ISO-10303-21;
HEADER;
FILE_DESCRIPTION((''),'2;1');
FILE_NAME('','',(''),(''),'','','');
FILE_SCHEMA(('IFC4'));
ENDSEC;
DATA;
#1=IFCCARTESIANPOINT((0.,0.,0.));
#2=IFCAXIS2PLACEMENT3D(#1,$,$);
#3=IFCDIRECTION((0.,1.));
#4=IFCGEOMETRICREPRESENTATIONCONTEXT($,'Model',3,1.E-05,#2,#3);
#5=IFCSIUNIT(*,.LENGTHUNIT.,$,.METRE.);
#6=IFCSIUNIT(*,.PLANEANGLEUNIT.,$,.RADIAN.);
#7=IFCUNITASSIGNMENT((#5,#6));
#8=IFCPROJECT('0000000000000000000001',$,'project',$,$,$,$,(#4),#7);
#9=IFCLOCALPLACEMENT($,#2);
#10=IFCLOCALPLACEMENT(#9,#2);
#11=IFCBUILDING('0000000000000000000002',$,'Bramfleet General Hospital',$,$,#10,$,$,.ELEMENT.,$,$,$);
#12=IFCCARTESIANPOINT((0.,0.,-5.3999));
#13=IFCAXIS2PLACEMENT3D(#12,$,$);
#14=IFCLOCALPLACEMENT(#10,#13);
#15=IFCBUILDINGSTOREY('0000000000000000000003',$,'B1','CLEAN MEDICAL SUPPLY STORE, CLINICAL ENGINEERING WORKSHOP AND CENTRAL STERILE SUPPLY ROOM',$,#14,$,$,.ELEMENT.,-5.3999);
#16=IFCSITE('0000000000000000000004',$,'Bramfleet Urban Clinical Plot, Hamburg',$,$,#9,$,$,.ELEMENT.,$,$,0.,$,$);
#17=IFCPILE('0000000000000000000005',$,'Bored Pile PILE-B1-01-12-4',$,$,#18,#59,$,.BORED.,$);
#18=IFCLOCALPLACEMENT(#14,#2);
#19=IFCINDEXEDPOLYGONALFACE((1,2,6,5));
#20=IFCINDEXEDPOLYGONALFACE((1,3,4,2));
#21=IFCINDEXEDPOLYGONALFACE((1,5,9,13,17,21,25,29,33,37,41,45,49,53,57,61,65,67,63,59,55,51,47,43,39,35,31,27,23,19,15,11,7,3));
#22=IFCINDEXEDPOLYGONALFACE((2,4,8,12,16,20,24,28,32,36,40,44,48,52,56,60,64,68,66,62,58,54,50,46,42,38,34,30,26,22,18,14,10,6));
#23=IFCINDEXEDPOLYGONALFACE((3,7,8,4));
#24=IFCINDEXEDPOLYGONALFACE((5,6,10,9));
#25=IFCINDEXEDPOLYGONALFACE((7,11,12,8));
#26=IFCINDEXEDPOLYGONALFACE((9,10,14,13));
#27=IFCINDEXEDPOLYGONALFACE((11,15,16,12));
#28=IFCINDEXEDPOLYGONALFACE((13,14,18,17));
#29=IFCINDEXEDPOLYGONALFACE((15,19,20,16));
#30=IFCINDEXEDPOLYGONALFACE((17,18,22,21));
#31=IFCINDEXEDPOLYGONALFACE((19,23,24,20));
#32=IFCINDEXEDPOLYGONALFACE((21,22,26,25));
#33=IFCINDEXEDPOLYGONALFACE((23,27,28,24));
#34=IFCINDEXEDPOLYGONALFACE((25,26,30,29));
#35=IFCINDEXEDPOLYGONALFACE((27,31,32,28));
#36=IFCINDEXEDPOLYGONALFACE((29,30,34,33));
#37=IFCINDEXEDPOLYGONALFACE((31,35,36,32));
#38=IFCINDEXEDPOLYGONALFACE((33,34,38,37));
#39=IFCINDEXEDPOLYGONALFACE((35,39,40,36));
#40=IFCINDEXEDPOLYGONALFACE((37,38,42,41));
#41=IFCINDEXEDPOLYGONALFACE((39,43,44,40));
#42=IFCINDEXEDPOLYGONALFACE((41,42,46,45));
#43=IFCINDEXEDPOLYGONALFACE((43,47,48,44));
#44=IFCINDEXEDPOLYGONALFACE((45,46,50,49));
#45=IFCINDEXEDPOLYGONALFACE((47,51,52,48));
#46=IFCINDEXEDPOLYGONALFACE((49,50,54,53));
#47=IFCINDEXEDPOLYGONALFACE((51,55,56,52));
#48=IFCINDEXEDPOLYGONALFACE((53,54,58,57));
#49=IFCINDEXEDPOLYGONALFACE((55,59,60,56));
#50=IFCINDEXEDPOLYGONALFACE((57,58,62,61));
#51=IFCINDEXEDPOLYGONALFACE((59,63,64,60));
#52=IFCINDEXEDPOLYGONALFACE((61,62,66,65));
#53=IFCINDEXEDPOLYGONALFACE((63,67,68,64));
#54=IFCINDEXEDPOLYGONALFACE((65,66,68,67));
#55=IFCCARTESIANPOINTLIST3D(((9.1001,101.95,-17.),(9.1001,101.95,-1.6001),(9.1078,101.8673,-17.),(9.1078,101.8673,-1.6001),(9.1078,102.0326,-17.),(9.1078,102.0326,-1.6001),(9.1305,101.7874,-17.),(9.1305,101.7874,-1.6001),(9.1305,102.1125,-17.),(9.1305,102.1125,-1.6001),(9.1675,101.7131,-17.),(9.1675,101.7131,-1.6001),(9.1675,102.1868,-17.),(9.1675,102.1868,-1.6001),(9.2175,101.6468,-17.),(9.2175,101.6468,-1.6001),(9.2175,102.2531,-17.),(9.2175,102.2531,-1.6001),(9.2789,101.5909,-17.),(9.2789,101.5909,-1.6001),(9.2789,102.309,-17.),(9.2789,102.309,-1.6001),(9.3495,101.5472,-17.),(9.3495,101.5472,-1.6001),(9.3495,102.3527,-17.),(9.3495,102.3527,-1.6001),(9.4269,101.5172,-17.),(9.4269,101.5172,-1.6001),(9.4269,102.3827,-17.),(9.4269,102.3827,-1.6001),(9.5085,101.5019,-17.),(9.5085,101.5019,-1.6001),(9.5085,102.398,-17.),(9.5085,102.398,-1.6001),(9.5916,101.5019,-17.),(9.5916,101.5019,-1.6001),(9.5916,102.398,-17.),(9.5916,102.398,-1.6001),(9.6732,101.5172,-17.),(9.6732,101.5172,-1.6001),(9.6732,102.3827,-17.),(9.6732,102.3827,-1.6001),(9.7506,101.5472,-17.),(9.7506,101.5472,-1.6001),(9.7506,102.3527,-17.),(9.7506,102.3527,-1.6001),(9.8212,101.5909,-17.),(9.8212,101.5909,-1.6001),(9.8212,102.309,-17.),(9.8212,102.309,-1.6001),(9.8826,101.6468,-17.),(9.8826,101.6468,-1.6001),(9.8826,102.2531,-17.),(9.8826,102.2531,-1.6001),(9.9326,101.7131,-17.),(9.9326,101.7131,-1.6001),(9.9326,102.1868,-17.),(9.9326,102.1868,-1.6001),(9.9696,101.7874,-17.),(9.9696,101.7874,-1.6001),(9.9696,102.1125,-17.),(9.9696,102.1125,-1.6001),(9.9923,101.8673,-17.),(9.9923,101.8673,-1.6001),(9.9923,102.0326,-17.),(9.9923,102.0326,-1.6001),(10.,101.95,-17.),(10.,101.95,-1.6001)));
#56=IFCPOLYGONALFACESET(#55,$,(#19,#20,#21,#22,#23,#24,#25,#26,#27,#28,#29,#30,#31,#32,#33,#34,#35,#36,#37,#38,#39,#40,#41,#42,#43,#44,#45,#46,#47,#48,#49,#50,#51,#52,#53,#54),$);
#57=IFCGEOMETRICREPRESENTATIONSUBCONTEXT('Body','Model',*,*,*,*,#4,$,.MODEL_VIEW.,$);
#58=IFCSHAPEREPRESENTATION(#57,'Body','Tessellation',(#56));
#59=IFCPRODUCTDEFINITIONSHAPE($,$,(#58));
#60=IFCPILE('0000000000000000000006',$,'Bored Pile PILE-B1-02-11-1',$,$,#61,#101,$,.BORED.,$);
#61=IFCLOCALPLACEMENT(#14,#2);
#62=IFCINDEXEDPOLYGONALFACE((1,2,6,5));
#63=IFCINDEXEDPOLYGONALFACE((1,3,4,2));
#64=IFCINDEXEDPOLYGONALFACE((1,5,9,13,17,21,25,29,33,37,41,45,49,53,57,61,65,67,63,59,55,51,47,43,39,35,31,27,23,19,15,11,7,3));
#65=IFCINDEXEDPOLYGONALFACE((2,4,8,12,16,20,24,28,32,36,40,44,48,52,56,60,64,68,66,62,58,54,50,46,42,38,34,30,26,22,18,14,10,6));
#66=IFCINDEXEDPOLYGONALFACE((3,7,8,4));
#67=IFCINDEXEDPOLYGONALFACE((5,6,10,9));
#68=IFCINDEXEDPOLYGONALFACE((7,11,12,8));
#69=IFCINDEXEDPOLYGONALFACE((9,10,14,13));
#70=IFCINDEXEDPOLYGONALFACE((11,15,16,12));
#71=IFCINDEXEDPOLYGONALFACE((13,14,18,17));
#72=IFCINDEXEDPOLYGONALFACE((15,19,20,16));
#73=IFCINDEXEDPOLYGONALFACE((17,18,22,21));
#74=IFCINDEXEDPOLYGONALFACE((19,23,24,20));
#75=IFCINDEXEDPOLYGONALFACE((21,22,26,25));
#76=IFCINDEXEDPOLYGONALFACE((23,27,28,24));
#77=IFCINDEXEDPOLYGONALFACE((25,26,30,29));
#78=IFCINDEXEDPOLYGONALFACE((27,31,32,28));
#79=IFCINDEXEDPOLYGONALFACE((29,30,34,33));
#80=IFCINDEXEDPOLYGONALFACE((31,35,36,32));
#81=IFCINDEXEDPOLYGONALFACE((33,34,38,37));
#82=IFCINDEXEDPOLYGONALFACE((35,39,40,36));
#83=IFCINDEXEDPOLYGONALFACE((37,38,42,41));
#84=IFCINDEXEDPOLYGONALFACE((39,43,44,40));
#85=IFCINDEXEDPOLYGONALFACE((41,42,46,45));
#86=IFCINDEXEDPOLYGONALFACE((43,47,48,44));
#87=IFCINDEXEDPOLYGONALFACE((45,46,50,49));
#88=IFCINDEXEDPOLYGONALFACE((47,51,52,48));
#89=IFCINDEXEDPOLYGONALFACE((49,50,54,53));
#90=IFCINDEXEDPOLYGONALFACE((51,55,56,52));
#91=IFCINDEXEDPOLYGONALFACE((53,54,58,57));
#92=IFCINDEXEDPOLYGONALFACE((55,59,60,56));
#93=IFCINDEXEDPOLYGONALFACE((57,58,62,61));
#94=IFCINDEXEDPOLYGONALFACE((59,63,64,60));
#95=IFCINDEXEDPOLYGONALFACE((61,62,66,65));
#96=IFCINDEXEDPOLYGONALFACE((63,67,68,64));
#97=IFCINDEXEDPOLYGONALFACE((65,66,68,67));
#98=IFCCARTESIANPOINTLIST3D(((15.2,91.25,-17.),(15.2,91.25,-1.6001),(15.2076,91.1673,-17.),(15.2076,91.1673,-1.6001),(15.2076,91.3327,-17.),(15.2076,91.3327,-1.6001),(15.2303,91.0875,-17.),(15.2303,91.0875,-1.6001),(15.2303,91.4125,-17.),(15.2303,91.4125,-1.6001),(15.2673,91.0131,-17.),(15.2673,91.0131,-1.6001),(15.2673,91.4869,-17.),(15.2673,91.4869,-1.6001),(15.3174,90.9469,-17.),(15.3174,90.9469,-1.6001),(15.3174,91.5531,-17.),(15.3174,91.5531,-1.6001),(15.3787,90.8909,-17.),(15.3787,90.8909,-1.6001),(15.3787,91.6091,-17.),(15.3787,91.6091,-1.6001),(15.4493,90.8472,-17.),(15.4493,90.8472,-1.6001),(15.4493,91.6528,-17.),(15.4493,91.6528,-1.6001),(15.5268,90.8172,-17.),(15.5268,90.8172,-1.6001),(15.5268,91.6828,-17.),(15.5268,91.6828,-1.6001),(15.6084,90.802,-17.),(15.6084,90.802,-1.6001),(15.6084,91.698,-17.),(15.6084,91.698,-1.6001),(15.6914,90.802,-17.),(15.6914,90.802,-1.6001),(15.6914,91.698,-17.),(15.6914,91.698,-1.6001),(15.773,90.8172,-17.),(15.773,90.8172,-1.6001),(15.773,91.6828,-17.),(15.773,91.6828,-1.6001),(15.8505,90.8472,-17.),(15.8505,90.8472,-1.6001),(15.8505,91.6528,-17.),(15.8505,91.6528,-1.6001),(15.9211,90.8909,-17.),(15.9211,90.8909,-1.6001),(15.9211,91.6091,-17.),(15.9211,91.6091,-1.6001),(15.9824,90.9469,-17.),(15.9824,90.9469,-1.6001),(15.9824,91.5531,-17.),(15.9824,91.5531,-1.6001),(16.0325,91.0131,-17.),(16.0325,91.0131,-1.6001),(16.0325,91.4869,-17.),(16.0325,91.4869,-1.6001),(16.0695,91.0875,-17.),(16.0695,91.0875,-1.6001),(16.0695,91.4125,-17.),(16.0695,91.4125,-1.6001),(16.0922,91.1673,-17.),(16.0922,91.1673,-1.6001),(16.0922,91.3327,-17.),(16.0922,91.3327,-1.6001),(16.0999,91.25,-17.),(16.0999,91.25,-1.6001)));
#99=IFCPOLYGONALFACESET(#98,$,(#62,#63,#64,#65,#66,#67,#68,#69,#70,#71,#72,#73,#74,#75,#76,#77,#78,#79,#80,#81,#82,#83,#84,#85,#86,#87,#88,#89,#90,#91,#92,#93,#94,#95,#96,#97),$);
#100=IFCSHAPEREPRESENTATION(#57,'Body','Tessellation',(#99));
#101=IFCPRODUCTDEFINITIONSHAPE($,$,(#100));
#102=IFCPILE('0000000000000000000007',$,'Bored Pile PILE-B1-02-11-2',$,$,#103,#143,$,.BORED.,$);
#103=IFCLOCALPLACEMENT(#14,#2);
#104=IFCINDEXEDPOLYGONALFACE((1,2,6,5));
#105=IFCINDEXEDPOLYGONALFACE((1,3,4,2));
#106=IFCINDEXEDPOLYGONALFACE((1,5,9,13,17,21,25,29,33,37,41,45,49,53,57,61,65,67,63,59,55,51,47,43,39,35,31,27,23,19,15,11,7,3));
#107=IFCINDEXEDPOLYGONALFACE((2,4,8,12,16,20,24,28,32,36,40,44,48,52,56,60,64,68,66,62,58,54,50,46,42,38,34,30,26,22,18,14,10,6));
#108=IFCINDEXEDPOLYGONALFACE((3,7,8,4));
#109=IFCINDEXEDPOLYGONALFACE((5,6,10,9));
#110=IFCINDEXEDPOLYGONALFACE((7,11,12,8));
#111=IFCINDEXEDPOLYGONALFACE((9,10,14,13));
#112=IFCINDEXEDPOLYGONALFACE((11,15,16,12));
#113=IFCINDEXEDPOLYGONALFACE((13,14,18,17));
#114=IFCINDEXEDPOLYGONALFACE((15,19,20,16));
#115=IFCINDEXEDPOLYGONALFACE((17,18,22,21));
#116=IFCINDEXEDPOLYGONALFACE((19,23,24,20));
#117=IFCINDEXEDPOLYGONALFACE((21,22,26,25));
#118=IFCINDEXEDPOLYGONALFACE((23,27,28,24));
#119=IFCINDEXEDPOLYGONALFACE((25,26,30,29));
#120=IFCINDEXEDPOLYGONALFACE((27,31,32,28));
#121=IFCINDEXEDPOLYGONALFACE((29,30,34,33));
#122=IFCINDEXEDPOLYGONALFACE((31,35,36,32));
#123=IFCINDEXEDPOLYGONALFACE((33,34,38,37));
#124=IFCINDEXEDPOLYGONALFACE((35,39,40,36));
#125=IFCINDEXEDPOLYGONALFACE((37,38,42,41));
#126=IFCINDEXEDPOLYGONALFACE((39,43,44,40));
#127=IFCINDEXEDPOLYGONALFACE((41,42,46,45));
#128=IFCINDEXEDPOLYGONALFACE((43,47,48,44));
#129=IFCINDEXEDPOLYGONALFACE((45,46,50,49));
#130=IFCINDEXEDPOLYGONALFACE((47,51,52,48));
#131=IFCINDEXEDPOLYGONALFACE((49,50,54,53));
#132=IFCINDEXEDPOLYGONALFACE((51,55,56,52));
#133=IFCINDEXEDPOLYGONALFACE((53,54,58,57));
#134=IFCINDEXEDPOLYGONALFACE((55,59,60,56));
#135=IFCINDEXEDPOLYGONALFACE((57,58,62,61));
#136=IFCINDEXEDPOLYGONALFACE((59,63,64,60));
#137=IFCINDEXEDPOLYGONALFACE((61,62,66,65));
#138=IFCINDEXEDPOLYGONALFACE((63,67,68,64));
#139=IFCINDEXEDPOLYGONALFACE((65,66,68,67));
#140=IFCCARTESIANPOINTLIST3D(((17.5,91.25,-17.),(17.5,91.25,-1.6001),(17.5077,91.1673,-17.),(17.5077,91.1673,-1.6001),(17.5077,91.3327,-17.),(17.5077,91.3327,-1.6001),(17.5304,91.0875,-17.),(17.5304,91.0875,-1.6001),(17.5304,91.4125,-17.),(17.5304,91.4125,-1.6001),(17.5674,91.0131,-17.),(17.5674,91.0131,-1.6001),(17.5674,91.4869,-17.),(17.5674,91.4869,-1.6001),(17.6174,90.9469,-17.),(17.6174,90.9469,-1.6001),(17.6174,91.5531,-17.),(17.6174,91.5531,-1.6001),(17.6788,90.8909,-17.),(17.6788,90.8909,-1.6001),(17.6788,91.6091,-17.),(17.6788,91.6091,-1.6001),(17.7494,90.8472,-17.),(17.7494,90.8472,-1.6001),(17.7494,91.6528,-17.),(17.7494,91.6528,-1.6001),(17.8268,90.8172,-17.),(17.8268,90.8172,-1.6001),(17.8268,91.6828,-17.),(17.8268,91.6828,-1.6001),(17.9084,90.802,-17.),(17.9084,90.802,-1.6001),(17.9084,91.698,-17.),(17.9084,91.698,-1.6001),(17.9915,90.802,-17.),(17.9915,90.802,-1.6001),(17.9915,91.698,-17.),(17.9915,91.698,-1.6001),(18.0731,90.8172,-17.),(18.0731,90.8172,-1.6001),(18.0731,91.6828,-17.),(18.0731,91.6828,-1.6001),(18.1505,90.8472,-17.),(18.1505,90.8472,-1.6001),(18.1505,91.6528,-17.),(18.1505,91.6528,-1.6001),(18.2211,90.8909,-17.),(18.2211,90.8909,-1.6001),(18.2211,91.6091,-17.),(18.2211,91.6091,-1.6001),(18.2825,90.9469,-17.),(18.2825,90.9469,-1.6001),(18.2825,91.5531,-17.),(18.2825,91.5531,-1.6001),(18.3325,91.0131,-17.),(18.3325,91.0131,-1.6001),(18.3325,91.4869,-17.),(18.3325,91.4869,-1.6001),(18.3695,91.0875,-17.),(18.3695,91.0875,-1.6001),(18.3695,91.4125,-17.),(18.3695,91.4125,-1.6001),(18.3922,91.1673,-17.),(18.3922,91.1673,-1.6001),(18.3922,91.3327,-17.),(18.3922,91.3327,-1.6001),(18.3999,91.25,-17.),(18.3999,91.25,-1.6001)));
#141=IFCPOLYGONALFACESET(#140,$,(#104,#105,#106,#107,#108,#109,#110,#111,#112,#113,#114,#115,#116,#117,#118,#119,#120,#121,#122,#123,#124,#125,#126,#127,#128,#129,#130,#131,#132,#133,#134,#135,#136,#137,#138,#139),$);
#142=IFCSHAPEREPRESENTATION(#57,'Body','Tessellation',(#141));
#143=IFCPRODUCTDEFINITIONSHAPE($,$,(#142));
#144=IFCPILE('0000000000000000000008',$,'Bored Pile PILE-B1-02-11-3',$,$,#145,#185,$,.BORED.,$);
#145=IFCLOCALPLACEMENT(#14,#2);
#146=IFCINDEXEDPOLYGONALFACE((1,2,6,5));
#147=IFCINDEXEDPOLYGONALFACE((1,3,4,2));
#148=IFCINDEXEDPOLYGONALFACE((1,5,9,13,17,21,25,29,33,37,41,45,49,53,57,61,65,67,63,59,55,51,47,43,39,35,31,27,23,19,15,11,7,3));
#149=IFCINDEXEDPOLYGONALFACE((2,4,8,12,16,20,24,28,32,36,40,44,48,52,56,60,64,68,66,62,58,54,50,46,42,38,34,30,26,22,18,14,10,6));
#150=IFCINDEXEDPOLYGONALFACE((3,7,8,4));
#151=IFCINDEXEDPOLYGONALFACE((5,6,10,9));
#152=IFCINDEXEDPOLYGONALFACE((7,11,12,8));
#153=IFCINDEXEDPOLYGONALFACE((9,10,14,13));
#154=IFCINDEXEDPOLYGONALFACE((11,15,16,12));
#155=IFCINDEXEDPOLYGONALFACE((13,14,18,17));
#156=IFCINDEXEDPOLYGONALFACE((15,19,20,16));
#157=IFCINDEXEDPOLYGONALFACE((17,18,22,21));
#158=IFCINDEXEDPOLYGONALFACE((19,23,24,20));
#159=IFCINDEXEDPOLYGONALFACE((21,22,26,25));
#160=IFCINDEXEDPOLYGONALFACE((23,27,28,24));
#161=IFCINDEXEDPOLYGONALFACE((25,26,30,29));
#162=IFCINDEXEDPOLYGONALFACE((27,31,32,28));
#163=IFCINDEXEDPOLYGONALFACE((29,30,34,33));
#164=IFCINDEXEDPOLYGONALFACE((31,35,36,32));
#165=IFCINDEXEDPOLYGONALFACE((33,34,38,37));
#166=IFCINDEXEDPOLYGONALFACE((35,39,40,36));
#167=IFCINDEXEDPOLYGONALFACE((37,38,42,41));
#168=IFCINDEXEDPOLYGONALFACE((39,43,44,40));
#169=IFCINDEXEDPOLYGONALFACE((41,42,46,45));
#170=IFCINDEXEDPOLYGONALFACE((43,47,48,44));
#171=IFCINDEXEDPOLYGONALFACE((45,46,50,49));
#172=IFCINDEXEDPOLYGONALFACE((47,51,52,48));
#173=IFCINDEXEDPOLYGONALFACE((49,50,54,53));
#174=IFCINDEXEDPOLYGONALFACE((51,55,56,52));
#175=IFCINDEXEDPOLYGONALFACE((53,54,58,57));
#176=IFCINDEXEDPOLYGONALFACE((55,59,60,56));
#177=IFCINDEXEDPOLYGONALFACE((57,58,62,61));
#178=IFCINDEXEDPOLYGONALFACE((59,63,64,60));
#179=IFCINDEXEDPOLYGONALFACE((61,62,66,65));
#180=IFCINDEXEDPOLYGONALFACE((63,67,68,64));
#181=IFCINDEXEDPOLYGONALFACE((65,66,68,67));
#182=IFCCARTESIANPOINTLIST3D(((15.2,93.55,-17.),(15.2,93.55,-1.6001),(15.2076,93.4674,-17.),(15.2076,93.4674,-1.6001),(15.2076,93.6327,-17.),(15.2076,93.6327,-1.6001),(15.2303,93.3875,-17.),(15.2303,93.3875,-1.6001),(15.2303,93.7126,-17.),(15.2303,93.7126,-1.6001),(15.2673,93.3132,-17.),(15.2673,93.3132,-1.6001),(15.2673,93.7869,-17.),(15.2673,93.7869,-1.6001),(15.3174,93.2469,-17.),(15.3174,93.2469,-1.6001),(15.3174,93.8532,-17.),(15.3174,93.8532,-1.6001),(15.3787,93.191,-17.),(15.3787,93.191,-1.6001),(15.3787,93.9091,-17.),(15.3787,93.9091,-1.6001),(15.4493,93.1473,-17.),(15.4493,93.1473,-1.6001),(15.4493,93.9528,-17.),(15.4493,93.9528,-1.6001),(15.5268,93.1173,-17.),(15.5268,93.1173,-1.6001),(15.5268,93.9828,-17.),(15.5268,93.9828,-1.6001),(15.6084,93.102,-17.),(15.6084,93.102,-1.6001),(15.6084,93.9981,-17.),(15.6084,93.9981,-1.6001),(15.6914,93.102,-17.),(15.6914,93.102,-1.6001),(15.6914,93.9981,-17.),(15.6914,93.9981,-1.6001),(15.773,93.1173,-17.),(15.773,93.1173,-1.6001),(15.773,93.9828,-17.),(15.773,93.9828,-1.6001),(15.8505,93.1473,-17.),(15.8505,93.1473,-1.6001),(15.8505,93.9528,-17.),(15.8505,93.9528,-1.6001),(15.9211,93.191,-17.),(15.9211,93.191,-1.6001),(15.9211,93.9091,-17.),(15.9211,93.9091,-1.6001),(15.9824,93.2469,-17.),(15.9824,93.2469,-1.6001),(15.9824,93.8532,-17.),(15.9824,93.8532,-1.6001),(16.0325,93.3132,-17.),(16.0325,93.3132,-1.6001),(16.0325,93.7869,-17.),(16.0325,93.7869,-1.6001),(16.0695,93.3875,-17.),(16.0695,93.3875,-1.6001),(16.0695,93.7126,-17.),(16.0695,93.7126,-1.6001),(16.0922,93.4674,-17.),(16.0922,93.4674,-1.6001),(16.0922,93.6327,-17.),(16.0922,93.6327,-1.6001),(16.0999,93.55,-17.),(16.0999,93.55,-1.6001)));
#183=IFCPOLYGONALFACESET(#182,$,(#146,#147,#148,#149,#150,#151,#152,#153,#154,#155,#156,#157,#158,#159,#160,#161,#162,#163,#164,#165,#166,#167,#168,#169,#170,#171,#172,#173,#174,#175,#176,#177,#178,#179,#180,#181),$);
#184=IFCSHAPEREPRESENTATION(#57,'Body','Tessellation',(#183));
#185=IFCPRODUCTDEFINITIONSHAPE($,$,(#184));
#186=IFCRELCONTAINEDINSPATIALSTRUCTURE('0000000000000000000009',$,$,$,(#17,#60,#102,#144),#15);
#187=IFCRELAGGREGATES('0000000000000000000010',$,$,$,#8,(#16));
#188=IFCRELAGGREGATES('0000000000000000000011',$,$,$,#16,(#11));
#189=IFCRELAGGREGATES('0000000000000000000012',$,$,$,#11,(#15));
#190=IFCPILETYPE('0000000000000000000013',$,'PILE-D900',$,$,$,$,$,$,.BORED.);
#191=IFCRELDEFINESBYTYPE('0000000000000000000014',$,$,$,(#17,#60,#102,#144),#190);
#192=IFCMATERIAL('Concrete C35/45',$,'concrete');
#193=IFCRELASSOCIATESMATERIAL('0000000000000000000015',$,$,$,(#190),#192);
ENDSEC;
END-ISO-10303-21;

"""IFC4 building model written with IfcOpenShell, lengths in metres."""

from ifc_helpers import new_model, si_unit, direction, frame, origin, origin_2d, place, context, subcontext, project, spatial, circle, extrude, material, material_profile, profile_set, type_object, element, save


model = new_model("IFC4")

# Units and contexts
model_context = context("Model", 3, precision=1e-05, world=origin(), true_north=direction((0.0, 1.0)))
body_context = subcontext(model_context, "Body", "Model", "MODEL_VIEW")
ifc_project = project(units=[si_unit("LENGTHUNIT", "METRE"), si_unit("PLANEANGLEUNIT", "RADIAN")], contexts=[model_context])

# Site, building, storey
site_placement = place(None, origin())
site = spatial("IfcSite", under=ifc_project, at=site_placement, Name="Bramfleet Urban Clinical Plot, Hamburg", CompositionType="ELEMENT", RefElevation=0.0)
building_placement = place(site_placement, origin())
building = spatial("IfcBuilding", under=site, at=building_placement, Name="Bramfleet General Hospital", CompositionType="ELEMENT")
storey_placement = place(building_placement, frame((0.0, 0.0, -5.3999)))
storey = spatial("IfcBuildingStorey", under=building, at=storey_placement, Name="B1", Description="CLEAN MEDICAL SUPPLY STORE, CLINICAL ENGINEERING WORKSHOP AND CENTRAL STERILE SUPPLY ROOM", CompositionType="ELEMENT", Elevation=-5.3999)

# Shared definitions
ifc_material_1 = material(Name="Concrete C35/45", Category="concrete")

# Piles
ifc_material_profile_1 = material_profile(ifc_material_1, circle(Radius=0.45, at=origin_2d()), Name="PILE BORED D900")
ifc_profile_set_1 = profile_set([ifc_material_profile_1], Name="Concrete C35/45")
pile_type = type_object("IfcPileType", Name="PILE-D900", PredefinedType="BORED", material=ifc_profile_set_1)
for number, where, z_axis, x_axis, name in (
    (1, (9.55, 101.95, -1.6001), (0.0, 0.0, -1.0), (1.0, 0.0, 0.0), "Bored Pile PILE-B1-01-12-4"),
    (2, (15.6499, 91.25, -1.6001), (0.0, 0.0, -1.0), (1.0, 0.0, 0.0), "Bored Pile PILE-B1-02-11-1"),
    (3, (17.95, 91.25, -1.6001), (0.0, 0.0, -1.0), (1.0, 0.0, 0.0), "Bored Pile PILE-B1-02-11-2"),
    (4, (15.6499, 93.55, -1.6001), (0.0, 0.0, -1.0), (1.0, 0.0, 0.0), "Bored Pile PILE-B1-02-11-3"),
):
    element("IfcPile", number, at=place(storey_placement, frame(where, z_axis=z_axis, x_axis=x_axis)), inside=storey, type_object=pile_type, Name=name, PredefinedType="BORED", context=body_context, shape_type="SweptSolid", body=[
        extrude(circle(Radius=0.45, at=origin_2d()), origin(), (0.0, 0.0, 1.0), 15.3999),
    ])

save(model, "model.ifc")
